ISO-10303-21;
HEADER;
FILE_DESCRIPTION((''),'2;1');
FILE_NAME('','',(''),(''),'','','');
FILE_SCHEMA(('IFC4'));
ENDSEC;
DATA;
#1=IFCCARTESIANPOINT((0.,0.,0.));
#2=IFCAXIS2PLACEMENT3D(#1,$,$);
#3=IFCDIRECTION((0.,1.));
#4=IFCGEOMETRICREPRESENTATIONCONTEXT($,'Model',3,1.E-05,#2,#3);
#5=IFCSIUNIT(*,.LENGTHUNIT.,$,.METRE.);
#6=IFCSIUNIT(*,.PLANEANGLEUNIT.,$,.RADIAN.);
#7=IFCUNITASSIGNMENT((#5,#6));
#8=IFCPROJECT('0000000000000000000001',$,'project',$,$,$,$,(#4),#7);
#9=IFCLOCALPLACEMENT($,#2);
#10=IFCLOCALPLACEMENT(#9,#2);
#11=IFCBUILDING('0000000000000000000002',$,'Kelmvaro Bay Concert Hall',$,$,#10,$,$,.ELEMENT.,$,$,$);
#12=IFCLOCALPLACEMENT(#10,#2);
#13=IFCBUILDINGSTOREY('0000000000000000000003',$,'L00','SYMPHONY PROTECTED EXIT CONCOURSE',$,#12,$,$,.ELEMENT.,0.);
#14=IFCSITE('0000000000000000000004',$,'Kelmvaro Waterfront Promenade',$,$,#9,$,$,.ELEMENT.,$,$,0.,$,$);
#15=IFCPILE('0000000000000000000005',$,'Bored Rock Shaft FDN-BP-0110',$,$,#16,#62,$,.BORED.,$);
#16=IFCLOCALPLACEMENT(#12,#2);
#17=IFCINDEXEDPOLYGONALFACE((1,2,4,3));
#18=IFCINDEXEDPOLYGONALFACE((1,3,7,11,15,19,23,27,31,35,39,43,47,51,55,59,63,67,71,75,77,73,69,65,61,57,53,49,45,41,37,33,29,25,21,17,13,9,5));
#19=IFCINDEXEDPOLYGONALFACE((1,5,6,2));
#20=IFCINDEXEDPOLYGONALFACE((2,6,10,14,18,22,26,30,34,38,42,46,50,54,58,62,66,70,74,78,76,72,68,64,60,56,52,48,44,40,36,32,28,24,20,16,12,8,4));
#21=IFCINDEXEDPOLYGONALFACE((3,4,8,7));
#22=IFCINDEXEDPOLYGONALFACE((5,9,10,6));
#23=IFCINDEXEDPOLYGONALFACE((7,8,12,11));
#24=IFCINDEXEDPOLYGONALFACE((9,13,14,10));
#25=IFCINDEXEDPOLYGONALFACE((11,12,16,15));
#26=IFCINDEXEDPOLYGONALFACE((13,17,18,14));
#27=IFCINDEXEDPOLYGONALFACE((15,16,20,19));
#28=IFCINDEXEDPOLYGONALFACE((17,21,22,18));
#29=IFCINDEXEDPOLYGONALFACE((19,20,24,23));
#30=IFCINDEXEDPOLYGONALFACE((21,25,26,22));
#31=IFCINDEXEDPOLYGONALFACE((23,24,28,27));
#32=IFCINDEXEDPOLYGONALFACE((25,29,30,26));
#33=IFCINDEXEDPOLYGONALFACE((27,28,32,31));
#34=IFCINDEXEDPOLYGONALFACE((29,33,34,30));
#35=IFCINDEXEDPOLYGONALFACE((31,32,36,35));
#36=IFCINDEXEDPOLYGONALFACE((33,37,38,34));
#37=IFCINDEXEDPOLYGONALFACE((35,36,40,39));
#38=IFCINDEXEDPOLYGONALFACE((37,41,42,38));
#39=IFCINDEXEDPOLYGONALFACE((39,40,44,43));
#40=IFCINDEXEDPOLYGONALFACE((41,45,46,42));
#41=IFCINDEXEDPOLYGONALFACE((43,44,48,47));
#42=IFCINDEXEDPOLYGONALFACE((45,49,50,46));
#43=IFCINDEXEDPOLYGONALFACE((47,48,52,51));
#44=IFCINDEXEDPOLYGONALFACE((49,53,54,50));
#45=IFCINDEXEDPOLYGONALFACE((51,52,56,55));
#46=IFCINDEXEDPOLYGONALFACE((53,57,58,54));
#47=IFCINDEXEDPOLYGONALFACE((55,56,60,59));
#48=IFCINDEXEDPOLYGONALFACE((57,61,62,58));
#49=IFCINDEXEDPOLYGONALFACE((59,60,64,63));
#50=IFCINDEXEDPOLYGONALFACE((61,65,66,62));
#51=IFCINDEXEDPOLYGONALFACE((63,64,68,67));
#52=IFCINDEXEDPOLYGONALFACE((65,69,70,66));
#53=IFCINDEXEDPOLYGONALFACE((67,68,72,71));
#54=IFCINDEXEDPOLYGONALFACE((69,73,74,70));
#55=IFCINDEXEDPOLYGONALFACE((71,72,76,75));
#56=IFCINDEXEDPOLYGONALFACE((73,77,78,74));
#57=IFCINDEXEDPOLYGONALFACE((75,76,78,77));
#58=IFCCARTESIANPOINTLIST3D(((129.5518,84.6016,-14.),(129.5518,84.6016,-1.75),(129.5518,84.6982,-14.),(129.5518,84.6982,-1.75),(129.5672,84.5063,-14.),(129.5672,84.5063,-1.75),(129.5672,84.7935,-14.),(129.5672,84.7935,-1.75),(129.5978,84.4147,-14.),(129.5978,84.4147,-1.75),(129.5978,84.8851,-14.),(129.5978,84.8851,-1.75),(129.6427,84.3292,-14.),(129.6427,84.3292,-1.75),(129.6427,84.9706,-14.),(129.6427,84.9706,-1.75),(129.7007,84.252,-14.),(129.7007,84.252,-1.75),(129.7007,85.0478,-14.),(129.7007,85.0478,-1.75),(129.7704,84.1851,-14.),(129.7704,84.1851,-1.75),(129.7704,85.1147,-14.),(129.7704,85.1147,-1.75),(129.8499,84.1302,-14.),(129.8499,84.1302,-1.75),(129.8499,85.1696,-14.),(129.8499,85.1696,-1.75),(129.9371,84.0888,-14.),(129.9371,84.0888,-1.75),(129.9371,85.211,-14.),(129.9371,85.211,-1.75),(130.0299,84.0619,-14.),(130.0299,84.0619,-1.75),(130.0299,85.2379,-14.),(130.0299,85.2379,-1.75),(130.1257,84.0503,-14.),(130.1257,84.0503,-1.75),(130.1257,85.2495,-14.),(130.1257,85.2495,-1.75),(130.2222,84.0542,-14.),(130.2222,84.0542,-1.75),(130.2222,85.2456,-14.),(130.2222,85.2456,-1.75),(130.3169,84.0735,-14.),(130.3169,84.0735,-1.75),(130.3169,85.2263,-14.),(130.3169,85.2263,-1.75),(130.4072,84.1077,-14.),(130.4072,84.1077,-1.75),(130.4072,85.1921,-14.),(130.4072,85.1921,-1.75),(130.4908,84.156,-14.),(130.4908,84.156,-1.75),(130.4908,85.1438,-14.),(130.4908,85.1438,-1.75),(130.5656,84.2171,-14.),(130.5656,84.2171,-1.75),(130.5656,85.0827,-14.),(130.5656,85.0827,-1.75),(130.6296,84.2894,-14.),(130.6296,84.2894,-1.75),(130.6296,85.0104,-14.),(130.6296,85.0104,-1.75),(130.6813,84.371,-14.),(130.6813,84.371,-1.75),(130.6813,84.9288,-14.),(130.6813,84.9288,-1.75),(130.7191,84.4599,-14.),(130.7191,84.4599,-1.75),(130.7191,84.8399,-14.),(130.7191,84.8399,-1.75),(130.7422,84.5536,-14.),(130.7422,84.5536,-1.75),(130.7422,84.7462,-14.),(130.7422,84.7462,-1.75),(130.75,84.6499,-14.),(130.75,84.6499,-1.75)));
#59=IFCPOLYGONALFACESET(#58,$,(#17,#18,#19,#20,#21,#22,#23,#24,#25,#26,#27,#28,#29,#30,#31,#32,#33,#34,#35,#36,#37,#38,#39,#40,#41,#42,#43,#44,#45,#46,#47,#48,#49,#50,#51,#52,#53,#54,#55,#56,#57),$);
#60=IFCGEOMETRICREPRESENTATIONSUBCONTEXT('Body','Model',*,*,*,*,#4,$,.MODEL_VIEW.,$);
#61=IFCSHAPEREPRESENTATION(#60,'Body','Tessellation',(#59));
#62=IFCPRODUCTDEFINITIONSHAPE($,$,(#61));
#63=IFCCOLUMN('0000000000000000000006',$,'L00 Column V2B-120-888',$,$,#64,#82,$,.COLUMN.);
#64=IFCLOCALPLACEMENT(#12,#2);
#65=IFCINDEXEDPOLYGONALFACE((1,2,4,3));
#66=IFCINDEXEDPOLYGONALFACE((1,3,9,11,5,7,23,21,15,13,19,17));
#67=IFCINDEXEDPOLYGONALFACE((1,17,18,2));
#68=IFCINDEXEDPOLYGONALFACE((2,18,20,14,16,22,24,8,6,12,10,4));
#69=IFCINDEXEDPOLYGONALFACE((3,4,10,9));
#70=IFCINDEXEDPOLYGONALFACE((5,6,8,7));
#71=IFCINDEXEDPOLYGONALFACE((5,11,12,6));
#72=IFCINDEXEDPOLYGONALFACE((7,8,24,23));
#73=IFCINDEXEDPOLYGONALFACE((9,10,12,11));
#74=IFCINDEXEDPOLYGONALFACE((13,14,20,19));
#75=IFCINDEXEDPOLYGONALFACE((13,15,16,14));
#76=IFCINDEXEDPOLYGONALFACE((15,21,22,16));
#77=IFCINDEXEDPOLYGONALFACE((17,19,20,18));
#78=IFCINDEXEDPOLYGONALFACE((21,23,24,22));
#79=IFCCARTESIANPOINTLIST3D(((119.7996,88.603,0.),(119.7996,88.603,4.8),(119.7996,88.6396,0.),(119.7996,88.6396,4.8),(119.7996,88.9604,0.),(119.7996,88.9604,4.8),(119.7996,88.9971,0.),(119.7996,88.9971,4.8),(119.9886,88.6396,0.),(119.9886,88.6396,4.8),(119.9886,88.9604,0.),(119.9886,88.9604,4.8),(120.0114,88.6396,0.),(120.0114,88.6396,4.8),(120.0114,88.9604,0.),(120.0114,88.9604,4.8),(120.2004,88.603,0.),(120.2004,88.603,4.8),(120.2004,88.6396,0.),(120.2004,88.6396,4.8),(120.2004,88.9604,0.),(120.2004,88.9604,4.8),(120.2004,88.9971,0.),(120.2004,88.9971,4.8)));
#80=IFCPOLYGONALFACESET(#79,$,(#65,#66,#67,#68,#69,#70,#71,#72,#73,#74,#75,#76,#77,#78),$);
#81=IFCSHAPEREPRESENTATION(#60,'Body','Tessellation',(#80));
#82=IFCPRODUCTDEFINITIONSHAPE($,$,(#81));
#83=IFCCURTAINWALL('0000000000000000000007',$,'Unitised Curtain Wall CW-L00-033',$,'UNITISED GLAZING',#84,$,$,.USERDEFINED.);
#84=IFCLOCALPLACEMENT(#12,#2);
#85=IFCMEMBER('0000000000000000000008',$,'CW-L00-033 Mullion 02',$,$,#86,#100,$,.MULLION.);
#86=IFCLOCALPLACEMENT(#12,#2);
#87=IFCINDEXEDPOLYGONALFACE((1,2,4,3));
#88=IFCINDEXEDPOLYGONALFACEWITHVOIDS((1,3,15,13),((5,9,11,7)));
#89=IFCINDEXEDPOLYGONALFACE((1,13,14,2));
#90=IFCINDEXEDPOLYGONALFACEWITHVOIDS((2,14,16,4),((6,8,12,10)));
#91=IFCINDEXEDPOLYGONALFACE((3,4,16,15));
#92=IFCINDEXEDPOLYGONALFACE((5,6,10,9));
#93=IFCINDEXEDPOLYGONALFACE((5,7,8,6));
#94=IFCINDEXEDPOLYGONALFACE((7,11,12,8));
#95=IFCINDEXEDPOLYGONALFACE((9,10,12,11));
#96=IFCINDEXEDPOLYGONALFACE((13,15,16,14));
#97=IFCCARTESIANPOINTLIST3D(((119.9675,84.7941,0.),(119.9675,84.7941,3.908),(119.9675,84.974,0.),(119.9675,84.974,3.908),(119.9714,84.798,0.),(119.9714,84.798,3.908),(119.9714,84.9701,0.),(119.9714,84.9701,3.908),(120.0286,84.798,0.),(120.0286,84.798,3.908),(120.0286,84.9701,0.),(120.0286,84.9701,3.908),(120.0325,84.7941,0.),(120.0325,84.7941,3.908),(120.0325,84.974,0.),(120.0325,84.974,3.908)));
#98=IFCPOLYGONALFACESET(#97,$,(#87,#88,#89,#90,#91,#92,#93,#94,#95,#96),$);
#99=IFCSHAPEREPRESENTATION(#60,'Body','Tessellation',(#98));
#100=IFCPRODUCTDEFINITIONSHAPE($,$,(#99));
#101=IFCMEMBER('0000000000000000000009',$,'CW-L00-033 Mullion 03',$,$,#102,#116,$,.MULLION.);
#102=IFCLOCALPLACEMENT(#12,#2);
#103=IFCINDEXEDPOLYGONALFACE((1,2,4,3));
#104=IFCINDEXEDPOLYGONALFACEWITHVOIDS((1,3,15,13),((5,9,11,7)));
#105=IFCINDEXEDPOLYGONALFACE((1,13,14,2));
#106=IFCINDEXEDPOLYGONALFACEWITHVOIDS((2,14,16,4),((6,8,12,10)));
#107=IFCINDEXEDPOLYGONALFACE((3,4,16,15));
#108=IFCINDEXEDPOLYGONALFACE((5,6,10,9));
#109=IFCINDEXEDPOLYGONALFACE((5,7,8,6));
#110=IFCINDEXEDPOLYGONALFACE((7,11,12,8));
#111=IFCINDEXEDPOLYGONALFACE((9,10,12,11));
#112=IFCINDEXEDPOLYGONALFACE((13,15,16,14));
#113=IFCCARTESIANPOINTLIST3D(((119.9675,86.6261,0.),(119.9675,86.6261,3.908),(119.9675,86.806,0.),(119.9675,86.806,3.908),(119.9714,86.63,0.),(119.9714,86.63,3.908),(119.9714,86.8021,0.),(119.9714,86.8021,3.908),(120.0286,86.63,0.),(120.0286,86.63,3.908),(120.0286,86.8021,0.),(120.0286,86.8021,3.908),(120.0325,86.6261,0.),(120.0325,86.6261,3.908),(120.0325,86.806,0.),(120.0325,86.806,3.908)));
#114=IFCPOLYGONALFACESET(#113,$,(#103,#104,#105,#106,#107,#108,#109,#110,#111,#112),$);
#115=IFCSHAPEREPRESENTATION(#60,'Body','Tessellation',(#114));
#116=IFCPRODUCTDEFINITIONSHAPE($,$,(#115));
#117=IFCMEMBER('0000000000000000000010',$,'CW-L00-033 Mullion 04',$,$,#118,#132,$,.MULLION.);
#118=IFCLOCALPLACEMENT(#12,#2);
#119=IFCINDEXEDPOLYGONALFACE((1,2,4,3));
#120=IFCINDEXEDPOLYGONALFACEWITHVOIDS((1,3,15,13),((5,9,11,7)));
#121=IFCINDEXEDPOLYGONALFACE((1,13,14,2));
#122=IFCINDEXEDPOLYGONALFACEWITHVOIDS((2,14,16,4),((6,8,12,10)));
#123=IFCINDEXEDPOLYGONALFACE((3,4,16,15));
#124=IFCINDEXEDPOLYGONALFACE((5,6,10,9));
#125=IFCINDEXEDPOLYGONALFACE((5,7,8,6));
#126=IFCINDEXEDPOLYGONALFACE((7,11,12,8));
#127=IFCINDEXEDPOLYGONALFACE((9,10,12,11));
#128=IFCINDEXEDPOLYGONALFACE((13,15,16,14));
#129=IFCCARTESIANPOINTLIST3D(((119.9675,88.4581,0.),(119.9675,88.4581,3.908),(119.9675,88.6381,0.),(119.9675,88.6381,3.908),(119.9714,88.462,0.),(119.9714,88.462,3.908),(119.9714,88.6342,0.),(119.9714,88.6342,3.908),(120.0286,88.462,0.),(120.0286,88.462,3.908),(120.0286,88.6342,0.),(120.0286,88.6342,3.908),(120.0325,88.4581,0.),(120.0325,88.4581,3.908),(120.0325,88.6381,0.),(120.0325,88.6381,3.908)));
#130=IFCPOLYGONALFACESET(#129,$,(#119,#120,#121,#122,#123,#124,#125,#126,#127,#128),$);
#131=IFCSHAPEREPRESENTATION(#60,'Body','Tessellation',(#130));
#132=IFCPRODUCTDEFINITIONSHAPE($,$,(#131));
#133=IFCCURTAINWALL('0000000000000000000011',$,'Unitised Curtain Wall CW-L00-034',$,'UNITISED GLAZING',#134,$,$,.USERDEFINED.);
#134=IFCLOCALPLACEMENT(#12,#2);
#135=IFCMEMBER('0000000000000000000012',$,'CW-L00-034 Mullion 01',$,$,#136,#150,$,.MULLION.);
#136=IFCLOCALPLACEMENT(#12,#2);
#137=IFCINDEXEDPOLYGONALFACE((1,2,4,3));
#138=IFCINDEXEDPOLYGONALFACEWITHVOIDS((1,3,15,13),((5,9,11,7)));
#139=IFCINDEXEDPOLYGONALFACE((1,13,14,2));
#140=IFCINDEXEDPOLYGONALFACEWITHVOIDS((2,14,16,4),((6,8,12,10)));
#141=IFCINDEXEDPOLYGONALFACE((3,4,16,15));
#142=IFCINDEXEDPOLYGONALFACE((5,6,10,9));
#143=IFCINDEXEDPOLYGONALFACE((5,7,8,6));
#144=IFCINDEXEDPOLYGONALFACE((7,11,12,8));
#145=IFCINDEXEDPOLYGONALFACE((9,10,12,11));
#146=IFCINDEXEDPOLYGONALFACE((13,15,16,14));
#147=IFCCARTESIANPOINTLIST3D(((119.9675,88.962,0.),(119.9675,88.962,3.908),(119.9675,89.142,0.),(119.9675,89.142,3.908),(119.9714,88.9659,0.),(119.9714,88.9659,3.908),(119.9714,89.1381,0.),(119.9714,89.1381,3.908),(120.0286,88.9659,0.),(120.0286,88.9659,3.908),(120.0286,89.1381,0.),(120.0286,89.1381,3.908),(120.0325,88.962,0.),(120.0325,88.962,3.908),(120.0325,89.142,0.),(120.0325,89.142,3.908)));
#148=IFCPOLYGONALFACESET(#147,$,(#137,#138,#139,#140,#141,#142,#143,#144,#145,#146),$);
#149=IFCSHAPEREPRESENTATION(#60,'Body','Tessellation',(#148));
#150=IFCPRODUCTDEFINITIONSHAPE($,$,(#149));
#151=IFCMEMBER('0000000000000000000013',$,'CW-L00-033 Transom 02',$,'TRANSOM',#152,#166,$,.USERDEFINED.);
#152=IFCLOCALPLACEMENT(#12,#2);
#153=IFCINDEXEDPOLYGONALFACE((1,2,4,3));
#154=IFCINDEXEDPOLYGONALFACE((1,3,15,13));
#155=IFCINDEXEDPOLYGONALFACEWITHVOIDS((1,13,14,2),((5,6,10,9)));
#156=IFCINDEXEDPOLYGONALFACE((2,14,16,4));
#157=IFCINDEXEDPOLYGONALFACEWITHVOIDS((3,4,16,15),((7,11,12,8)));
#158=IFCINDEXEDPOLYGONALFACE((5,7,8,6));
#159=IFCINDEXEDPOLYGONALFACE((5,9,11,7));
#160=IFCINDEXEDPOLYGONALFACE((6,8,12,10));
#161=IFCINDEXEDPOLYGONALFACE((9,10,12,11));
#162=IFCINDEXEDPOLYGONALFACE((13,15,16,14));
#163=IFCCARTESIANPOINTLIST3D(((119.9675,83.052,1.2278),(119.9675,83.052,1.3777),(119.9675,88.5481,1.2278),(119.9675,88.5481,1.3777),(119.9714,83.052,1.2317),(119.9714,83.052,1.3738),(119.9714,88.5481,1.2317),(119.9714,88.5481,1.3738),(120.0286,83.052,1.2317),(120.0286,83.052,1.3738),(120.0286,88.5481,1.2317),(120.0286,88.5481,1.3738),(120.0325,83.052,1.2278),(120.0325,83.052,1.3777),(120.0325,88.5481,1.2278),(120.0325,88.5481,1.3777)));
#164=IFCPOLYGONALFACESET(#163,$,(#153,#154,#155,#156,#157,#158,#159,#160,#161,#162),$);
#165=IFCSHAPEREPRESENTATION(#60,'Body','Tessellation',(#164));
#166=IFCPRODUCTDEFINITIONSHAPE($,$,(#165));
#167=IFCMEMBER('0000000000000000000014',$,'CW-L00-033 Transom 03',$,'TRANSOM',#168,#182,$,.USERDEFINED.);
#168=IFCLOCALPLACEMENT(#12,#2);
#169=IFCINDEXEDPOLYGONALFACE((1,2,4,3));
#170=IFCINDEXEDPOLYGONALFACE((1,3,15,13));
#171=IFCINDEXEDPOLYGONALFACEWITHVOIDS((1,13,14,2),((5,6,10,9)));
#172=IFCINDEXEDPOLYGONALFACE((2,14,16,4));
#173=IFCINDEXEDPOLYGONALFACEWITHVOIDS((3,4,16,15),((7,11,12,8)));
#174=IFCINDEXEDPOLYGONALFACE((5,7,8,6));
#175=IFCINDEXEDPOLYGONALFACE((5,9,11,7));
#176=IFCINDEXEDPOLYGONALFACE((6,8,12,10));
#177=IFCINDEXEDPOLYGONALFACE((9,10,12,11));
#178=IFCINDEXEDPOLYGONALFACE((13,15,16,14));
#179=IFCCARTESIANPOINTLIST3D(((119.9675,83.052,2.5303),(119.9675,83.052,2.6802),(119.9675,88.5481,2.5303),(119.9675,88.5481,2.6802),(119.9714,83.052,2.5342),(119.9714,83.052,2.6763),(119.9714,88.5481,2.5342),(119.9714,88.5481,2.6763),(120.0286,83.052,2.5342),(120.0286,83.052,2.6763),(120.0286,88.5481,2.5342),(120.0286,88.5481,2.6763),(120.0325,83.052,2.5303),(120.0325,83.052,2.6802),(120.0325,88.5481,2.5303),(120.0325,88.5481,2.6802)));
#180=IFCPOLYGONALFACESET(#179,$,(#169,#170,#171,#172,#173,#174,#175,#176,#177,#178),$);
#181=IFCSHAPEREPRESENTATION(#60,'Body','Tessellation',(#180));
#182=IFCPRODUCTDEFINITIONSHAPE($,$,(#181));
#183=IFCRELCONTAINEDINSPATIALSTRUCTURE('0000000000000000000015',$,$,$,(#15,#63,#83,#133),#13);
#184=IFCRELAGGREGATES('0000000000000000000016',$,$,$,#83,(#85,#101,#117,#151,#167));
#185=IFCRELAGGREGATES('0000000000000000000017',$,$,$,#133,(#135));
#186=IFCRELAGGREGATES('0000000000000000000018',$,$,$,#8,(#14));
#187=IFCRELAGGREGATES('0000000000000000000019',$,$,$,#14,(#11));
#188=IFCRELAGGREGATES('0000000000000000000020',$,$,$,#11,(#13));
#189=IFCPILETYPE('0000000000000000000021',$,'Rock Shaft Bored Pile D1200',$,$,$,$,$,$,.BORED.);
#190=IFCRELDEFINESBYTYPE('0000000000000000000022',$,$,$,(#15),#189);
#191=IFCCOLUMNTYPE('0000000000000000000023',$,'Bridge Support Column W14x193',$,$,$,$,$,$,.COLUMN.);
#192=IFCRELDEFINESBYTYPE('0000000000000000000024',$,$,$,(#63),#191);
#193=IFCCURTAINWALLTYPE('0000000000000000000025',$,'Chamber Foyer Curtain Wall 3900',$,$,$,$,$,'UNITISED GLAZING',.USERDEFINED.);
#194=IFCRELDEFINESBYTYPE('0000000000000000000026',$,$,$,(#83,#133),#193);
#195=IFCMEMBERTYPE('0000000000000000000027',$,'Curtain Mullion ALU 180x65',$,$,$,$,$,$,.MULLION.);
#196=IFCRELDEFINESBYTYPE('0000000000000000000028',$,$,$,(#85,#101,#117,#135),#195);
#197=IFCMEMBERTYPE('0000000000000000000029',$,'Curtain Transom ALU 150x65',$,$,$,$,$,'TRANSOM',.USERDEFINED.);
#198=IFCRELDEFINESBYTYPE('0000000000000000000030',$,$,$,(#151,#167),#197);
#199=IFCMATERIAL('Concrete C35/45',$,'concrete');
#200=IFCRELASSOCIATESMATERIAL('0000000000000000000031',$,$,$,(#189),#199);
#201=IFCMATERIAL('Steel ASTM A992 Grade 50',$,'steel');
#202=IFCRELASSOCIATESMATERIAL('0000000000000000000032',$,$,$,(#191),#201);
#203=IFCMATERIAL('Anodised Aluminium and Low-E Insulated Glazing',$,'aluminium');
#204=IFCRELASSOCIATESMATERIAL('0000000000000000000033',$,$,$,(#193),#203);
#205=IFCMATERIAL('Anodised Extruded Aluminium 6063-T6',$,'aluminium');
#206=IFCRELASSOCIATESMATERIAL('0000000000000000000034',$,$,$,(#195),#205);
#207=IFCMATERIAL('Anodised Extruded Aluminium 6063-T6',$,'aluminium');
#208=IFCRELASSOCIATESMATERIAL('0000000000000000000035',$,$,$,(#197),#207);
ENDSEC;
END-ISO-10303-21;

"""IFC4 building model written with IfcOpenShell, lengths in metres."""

from ifc_helpers import new_model, si_unit, direction, frame, origin, origin_2d, place, context, subcontext, project, spatial, hollow_rectangle, circle, i_section, extrude, material, material_profile, profile_set, type_object, element, aggregate, save


model = new_model("IFC4")

# Units and contexts
model_context = context("Model", 3, precision=1e-05, world=origin(), true_north=direction((0.0, 1.0)))
body_context = subcontext(model_context, "Body", "Model", "MODEL_VIEW")
ifc_project = project(units=[si_unit("LENGTHUNIT", "METRE"), si_unit("PLANEANGLEUNIT", "RADIAN")], contexts=[model_context])

# Site, building, storey
site_placement = place(None, origin())
site = spatial("IfcSite", under=ifc_project, at=site_placement, Name="Kelmvaro Waterfront Promenade", CompositionType="ELEMENT", RefElevation=0.0)
building_placement = place(site_placement, origin())
building = spatial("IfcBuilding", under=site, at=building_placement, Name="Kelmvaro Bay Concert Hall", CompositionType="ELEMENT")
storey_placement = place(building_placement, origin())
storey = spatial("IfcBuildingStorey", under=building, at=storey_placement, Name="L00", Description="SYMPHONY PROTECTED EXIT CONCOURSE", CompositionType="ELEMENT", Elevation=0.0)

# Pile
ifc_material_1 = material(Name="Concrete C35/45", Category="concrete")
ifc_material_profile_1 = material_profile(ifc_material_1, circle(Radius=0.6001, at=origin_2d()), Name="PILE-BORED-1200")
ifc_profile_set_1 = profile_set([ifc_material_profile_1], Name="Concrete C35/45")
pile_type_1 = type_object("IfcPileType", Name="Rock Shaft Bored Pile D1200", PredefinedType="BORED", material=ifc_profile_set_1)
for number, where, z_axis, x_axis, name in (
    (1, (130.1499, 84.6499, -1.75), (0.0, 0.0, -1.0), (1.0, 0.0, 0.0), "Bored Rock Shaft FDN-BP-0110"),
):
    element("IfcPile", number, at=place(storey_placement, frame(where, z_axis=z_axis, x_axis=x_axis)), inside=storey, type_object=pile_type_1, Name=name, PredefinedType="BORED", context=body_context, shape_type="SweptSolid", body=[
        extrude(circle(Radius=0.6001, at=origin_2d()), origin(), (0.0, 0.0, 1.0), 12.25),
    ])

# Column
ifc_material_2 = material(Name="Steel ASTM A992 Grade 50", Category="steel")
ifc_material_profile_2 = material_profile(ifc_material_2, i_section(OverallWidth=0.4009, OverallDepth=0.394, WebThickness=0.0227, FlangeThickness=0.0366, at=origin_2d()), Name="W14X193")
ifc_profile_set_2 = profile_set([ifc_material_profile_2], Name="Steel ASTM A992 Grade 50")
column_type = type_object("IfcColumnType", Name="Bridge Support Column W14x193", PredefinedType="COLUMN", material=ifc_profile_set_2)
column_placement = place(storey_placement, frame((120.0, 88.8, 0.0), z_axis=(0.0, 0.0, 1.0), x_axis=(1.0, 0.0, 0.0)))
element("IfcColumn", 2, at=column_placement, inside=storey, type_object=column_type, Name="L00 Column V2B-120-888", PredefinedType="COLUMN", context=body_context, shape_type="SweptSolid", body=[
    extrude(i_section(OverallWidth=0.4009, OverallDepth=0.394, WebThickness=0.0227, FlangeThickness=0.0366, at=origin_2d()), origin(), (0.0, 0.0, 1.0), 4.8),
])

# Curtain wall, members
ifc_material_3 = material(Name="Anodised Aluminium and Low-E Insulated Glazing", Category="aluminium")
curtain_wall_type = type_object("IfcCurtainWallType", Name="Chamber Foyer Curtain Wall 3900", ElementType="UNITISED GLAZING", PredefinedType="USERDEFINED", material=ifc_material_3)
curtain_wall_1_placement = place(storey_placement, origin())
curtain_wall_1 = element("IfcCurtainWall", 3, at=curtain_wall_1_placement, inside=storey, type_object=curtain_wall_type, Name="Unitised Curtain Wall CW-L00-033", ObjectType="UNITISED GLAZING", PredefinedType="USERDEFINED")
ifc_material_4 = material(Name="Anodised Extruded Aluminium 6063-T6", Category="aluminium")
ifc_material_profile_3 = material_profile(ifc_material_4, hollow_rectangle(XDim=0.0649, YDim=0.1799, WallThickness=0.0039, at=origin_2d()), Name="ALU-MUL-180X65")
ifc_profile_set_3 = profile_set([ifc_material_profile_3], Name="Anodised Extruded Aluminium 6063-T6")
member_type_1 = type_object("IfcMemberType", Name="Curtain Mullion ALU 180x65", PredefinedType="MULLION", material=ifc_profile_set_3)
member_1_placement = place(storey_placement, frame((120.0, 84.884, 0.0), z_axis=(0.0, 0.0, 1.0), x_axis=(1.0, 0.0, 0.0)))
member_1 = element("IfcMember", 4, at=member_1_placement, type_object=member_type_1, Name="CW-L00-033 Mullion 02", PredefinedType="MULLION", context=body_context, shape_type="SweptSolid", body=[
    extrude(hollow_rectangle(XDim=0.0649, YDim=0.1799, WallThickness=0.0039, at=origin_2d()), origin(), (0.0, 0.0, 1.0), 3.908),
])
member_2_placement = place(storey_placement, frame((120.0, 86.7161, 0.0), z_axis=(0.0, 0.0, 1.0), x_axis=(1.0, 0.0, 0.0)))
member_2 = element("IfcMember", 5, at=member_2_placement, type_object=member_type_1, Name="CW-L00-033 Mullion 03", PredefinedType="MULLION", context=body_context, shape_type="SweptSolid", body=[
    extrude(hollow_rectangle(XDim=0.0649, YDim=0.1799, WallThickness=0.0039, at=origin_2d()), origin(), (0.0, 0.0, 1.0), 3.908),
])
member_3_placement = place(storey_placement, frame((120.0, 88.5481, 0.0), z_axis=(0.0, 0.0, 1.0), x_axis=(1.0, 0.0, 0.0)))
member_3 = element("IfcMember", 6, at=member_3_placement, type_object=member_type_1, Name="CW-L00-033 Mullion 04", PredefinedType="MULLION", context=body_context, shape_type="SweptSolid", body=[
    extrude(hollow_rectangle(XDim=0.0649, YDim=0.1799, WallThickness=0.0039, at=origin_2d()), origin(), (0.0, 0.0, 1.0), 3.908),
])

# Curtain wall, member
curtain_wall_2_placement = place(storey_placement, origin())
curtain_wall_2 = element("IfcCurtainWall", 7, at=curtain_wall_2_placement, inside=storey, type_object=curtain_wall_type, Name="Unitised Curtain Wall CW-L00-034", ObjectType="UNITISED GLAZING", PredefinedType="USERDEFINED")
member_4_placement = place(storey_placement, frame((120.0, 89.052, 0.0), z_axis=(0.0, 0.0, 1.0), x_axis=(1.0, 0.0, 0.0)))
member_4 = element("IfcMember", 8, at=member_4_placement, type_object=member_type_1, Name="CW-L00-034 Mullion 01", PredefinedType="MULLION", context=body_context, shape_type="SweptSolid", body=[
    extrude(hollow_rectangle(XDim=0.0649, YDim=0.1799, WallThickness=0.0039, at=origin_2d()), origin(), (0.0, 0.0, 1.0), 3.908),
])

# Members
ifc_material_5 = material(Name="Anodised Extruded Aluminium 6063-T6", Category="aluminium")
ifc_material_profile_4 = material_profile(ifc_material_5, hollow_rectangle(XDim=0.0649, YDim=0.1499, WallThickness=0.0039, at=origin_2d()), Name="ALU-TRN-150X65")
ifc_profile_set_4 = profile_set([ifc_material_profile_4], Name="Anodised Extruded Aluminium 6063-T6")
member_type_2 = type_object("IfcMemberType", Name="Curtain Transom ALU 150x65", ElementType="TRANSOM", PredefinedType="USERDEFINED", material=ifc_profile_set_4)
member_5_placement = place(storey_placement, frame((120.0, 83.052, 1.3027), z_axis=(0.0, 1.0, 0.0), x_axis=(-1.0, 0.0, 0.0)))
member_5 = element("IfcMember", 9, at=member_5_placement, type_object=member_type_2, Name="CW-L00-033 Transom 02", ObjectType="TRANSOM", PredefinedType="USERDEFINED", context=body_context, shape_type="SweptSolid", body=[
    extrude(hollow_rectangle(XDim=0.0649, YDim=0.1499, WallThickness=0.0039, at=origin_2d()), origin(), (0.0, 0.0, 1.0), 5.4961),
])
member_6_placement = place(storey_placement, frame((120.0, 83.052, 2.6052), z_axis=(0.0, 1.0, 0.0), x_axis=(-1.0, 0.0, 0.0)))
member_6 = element("IfcMember", 10, at=member_6_placement, type_object=member_type_2, Name="CW-L00-033 Transom 03", ObjectType="TRANSOM", PredefinedType="USERDEFINED", context=body_context, shape_type="SweptSolid", body=[
    extrude(hollow_rectangle(XDim=0.0649, YDim=0.1499, WallThickness=0.0039, at=origin_2d()), origin(), (0.0, 0.0, 1.0), 5.4961),
])

aggregate(curtain_wall_1, [member_1, member_2, member_3, member_5, member_6])
aggregate(curtain_wall_2, [member_4])

save(model, "model.ifc")
